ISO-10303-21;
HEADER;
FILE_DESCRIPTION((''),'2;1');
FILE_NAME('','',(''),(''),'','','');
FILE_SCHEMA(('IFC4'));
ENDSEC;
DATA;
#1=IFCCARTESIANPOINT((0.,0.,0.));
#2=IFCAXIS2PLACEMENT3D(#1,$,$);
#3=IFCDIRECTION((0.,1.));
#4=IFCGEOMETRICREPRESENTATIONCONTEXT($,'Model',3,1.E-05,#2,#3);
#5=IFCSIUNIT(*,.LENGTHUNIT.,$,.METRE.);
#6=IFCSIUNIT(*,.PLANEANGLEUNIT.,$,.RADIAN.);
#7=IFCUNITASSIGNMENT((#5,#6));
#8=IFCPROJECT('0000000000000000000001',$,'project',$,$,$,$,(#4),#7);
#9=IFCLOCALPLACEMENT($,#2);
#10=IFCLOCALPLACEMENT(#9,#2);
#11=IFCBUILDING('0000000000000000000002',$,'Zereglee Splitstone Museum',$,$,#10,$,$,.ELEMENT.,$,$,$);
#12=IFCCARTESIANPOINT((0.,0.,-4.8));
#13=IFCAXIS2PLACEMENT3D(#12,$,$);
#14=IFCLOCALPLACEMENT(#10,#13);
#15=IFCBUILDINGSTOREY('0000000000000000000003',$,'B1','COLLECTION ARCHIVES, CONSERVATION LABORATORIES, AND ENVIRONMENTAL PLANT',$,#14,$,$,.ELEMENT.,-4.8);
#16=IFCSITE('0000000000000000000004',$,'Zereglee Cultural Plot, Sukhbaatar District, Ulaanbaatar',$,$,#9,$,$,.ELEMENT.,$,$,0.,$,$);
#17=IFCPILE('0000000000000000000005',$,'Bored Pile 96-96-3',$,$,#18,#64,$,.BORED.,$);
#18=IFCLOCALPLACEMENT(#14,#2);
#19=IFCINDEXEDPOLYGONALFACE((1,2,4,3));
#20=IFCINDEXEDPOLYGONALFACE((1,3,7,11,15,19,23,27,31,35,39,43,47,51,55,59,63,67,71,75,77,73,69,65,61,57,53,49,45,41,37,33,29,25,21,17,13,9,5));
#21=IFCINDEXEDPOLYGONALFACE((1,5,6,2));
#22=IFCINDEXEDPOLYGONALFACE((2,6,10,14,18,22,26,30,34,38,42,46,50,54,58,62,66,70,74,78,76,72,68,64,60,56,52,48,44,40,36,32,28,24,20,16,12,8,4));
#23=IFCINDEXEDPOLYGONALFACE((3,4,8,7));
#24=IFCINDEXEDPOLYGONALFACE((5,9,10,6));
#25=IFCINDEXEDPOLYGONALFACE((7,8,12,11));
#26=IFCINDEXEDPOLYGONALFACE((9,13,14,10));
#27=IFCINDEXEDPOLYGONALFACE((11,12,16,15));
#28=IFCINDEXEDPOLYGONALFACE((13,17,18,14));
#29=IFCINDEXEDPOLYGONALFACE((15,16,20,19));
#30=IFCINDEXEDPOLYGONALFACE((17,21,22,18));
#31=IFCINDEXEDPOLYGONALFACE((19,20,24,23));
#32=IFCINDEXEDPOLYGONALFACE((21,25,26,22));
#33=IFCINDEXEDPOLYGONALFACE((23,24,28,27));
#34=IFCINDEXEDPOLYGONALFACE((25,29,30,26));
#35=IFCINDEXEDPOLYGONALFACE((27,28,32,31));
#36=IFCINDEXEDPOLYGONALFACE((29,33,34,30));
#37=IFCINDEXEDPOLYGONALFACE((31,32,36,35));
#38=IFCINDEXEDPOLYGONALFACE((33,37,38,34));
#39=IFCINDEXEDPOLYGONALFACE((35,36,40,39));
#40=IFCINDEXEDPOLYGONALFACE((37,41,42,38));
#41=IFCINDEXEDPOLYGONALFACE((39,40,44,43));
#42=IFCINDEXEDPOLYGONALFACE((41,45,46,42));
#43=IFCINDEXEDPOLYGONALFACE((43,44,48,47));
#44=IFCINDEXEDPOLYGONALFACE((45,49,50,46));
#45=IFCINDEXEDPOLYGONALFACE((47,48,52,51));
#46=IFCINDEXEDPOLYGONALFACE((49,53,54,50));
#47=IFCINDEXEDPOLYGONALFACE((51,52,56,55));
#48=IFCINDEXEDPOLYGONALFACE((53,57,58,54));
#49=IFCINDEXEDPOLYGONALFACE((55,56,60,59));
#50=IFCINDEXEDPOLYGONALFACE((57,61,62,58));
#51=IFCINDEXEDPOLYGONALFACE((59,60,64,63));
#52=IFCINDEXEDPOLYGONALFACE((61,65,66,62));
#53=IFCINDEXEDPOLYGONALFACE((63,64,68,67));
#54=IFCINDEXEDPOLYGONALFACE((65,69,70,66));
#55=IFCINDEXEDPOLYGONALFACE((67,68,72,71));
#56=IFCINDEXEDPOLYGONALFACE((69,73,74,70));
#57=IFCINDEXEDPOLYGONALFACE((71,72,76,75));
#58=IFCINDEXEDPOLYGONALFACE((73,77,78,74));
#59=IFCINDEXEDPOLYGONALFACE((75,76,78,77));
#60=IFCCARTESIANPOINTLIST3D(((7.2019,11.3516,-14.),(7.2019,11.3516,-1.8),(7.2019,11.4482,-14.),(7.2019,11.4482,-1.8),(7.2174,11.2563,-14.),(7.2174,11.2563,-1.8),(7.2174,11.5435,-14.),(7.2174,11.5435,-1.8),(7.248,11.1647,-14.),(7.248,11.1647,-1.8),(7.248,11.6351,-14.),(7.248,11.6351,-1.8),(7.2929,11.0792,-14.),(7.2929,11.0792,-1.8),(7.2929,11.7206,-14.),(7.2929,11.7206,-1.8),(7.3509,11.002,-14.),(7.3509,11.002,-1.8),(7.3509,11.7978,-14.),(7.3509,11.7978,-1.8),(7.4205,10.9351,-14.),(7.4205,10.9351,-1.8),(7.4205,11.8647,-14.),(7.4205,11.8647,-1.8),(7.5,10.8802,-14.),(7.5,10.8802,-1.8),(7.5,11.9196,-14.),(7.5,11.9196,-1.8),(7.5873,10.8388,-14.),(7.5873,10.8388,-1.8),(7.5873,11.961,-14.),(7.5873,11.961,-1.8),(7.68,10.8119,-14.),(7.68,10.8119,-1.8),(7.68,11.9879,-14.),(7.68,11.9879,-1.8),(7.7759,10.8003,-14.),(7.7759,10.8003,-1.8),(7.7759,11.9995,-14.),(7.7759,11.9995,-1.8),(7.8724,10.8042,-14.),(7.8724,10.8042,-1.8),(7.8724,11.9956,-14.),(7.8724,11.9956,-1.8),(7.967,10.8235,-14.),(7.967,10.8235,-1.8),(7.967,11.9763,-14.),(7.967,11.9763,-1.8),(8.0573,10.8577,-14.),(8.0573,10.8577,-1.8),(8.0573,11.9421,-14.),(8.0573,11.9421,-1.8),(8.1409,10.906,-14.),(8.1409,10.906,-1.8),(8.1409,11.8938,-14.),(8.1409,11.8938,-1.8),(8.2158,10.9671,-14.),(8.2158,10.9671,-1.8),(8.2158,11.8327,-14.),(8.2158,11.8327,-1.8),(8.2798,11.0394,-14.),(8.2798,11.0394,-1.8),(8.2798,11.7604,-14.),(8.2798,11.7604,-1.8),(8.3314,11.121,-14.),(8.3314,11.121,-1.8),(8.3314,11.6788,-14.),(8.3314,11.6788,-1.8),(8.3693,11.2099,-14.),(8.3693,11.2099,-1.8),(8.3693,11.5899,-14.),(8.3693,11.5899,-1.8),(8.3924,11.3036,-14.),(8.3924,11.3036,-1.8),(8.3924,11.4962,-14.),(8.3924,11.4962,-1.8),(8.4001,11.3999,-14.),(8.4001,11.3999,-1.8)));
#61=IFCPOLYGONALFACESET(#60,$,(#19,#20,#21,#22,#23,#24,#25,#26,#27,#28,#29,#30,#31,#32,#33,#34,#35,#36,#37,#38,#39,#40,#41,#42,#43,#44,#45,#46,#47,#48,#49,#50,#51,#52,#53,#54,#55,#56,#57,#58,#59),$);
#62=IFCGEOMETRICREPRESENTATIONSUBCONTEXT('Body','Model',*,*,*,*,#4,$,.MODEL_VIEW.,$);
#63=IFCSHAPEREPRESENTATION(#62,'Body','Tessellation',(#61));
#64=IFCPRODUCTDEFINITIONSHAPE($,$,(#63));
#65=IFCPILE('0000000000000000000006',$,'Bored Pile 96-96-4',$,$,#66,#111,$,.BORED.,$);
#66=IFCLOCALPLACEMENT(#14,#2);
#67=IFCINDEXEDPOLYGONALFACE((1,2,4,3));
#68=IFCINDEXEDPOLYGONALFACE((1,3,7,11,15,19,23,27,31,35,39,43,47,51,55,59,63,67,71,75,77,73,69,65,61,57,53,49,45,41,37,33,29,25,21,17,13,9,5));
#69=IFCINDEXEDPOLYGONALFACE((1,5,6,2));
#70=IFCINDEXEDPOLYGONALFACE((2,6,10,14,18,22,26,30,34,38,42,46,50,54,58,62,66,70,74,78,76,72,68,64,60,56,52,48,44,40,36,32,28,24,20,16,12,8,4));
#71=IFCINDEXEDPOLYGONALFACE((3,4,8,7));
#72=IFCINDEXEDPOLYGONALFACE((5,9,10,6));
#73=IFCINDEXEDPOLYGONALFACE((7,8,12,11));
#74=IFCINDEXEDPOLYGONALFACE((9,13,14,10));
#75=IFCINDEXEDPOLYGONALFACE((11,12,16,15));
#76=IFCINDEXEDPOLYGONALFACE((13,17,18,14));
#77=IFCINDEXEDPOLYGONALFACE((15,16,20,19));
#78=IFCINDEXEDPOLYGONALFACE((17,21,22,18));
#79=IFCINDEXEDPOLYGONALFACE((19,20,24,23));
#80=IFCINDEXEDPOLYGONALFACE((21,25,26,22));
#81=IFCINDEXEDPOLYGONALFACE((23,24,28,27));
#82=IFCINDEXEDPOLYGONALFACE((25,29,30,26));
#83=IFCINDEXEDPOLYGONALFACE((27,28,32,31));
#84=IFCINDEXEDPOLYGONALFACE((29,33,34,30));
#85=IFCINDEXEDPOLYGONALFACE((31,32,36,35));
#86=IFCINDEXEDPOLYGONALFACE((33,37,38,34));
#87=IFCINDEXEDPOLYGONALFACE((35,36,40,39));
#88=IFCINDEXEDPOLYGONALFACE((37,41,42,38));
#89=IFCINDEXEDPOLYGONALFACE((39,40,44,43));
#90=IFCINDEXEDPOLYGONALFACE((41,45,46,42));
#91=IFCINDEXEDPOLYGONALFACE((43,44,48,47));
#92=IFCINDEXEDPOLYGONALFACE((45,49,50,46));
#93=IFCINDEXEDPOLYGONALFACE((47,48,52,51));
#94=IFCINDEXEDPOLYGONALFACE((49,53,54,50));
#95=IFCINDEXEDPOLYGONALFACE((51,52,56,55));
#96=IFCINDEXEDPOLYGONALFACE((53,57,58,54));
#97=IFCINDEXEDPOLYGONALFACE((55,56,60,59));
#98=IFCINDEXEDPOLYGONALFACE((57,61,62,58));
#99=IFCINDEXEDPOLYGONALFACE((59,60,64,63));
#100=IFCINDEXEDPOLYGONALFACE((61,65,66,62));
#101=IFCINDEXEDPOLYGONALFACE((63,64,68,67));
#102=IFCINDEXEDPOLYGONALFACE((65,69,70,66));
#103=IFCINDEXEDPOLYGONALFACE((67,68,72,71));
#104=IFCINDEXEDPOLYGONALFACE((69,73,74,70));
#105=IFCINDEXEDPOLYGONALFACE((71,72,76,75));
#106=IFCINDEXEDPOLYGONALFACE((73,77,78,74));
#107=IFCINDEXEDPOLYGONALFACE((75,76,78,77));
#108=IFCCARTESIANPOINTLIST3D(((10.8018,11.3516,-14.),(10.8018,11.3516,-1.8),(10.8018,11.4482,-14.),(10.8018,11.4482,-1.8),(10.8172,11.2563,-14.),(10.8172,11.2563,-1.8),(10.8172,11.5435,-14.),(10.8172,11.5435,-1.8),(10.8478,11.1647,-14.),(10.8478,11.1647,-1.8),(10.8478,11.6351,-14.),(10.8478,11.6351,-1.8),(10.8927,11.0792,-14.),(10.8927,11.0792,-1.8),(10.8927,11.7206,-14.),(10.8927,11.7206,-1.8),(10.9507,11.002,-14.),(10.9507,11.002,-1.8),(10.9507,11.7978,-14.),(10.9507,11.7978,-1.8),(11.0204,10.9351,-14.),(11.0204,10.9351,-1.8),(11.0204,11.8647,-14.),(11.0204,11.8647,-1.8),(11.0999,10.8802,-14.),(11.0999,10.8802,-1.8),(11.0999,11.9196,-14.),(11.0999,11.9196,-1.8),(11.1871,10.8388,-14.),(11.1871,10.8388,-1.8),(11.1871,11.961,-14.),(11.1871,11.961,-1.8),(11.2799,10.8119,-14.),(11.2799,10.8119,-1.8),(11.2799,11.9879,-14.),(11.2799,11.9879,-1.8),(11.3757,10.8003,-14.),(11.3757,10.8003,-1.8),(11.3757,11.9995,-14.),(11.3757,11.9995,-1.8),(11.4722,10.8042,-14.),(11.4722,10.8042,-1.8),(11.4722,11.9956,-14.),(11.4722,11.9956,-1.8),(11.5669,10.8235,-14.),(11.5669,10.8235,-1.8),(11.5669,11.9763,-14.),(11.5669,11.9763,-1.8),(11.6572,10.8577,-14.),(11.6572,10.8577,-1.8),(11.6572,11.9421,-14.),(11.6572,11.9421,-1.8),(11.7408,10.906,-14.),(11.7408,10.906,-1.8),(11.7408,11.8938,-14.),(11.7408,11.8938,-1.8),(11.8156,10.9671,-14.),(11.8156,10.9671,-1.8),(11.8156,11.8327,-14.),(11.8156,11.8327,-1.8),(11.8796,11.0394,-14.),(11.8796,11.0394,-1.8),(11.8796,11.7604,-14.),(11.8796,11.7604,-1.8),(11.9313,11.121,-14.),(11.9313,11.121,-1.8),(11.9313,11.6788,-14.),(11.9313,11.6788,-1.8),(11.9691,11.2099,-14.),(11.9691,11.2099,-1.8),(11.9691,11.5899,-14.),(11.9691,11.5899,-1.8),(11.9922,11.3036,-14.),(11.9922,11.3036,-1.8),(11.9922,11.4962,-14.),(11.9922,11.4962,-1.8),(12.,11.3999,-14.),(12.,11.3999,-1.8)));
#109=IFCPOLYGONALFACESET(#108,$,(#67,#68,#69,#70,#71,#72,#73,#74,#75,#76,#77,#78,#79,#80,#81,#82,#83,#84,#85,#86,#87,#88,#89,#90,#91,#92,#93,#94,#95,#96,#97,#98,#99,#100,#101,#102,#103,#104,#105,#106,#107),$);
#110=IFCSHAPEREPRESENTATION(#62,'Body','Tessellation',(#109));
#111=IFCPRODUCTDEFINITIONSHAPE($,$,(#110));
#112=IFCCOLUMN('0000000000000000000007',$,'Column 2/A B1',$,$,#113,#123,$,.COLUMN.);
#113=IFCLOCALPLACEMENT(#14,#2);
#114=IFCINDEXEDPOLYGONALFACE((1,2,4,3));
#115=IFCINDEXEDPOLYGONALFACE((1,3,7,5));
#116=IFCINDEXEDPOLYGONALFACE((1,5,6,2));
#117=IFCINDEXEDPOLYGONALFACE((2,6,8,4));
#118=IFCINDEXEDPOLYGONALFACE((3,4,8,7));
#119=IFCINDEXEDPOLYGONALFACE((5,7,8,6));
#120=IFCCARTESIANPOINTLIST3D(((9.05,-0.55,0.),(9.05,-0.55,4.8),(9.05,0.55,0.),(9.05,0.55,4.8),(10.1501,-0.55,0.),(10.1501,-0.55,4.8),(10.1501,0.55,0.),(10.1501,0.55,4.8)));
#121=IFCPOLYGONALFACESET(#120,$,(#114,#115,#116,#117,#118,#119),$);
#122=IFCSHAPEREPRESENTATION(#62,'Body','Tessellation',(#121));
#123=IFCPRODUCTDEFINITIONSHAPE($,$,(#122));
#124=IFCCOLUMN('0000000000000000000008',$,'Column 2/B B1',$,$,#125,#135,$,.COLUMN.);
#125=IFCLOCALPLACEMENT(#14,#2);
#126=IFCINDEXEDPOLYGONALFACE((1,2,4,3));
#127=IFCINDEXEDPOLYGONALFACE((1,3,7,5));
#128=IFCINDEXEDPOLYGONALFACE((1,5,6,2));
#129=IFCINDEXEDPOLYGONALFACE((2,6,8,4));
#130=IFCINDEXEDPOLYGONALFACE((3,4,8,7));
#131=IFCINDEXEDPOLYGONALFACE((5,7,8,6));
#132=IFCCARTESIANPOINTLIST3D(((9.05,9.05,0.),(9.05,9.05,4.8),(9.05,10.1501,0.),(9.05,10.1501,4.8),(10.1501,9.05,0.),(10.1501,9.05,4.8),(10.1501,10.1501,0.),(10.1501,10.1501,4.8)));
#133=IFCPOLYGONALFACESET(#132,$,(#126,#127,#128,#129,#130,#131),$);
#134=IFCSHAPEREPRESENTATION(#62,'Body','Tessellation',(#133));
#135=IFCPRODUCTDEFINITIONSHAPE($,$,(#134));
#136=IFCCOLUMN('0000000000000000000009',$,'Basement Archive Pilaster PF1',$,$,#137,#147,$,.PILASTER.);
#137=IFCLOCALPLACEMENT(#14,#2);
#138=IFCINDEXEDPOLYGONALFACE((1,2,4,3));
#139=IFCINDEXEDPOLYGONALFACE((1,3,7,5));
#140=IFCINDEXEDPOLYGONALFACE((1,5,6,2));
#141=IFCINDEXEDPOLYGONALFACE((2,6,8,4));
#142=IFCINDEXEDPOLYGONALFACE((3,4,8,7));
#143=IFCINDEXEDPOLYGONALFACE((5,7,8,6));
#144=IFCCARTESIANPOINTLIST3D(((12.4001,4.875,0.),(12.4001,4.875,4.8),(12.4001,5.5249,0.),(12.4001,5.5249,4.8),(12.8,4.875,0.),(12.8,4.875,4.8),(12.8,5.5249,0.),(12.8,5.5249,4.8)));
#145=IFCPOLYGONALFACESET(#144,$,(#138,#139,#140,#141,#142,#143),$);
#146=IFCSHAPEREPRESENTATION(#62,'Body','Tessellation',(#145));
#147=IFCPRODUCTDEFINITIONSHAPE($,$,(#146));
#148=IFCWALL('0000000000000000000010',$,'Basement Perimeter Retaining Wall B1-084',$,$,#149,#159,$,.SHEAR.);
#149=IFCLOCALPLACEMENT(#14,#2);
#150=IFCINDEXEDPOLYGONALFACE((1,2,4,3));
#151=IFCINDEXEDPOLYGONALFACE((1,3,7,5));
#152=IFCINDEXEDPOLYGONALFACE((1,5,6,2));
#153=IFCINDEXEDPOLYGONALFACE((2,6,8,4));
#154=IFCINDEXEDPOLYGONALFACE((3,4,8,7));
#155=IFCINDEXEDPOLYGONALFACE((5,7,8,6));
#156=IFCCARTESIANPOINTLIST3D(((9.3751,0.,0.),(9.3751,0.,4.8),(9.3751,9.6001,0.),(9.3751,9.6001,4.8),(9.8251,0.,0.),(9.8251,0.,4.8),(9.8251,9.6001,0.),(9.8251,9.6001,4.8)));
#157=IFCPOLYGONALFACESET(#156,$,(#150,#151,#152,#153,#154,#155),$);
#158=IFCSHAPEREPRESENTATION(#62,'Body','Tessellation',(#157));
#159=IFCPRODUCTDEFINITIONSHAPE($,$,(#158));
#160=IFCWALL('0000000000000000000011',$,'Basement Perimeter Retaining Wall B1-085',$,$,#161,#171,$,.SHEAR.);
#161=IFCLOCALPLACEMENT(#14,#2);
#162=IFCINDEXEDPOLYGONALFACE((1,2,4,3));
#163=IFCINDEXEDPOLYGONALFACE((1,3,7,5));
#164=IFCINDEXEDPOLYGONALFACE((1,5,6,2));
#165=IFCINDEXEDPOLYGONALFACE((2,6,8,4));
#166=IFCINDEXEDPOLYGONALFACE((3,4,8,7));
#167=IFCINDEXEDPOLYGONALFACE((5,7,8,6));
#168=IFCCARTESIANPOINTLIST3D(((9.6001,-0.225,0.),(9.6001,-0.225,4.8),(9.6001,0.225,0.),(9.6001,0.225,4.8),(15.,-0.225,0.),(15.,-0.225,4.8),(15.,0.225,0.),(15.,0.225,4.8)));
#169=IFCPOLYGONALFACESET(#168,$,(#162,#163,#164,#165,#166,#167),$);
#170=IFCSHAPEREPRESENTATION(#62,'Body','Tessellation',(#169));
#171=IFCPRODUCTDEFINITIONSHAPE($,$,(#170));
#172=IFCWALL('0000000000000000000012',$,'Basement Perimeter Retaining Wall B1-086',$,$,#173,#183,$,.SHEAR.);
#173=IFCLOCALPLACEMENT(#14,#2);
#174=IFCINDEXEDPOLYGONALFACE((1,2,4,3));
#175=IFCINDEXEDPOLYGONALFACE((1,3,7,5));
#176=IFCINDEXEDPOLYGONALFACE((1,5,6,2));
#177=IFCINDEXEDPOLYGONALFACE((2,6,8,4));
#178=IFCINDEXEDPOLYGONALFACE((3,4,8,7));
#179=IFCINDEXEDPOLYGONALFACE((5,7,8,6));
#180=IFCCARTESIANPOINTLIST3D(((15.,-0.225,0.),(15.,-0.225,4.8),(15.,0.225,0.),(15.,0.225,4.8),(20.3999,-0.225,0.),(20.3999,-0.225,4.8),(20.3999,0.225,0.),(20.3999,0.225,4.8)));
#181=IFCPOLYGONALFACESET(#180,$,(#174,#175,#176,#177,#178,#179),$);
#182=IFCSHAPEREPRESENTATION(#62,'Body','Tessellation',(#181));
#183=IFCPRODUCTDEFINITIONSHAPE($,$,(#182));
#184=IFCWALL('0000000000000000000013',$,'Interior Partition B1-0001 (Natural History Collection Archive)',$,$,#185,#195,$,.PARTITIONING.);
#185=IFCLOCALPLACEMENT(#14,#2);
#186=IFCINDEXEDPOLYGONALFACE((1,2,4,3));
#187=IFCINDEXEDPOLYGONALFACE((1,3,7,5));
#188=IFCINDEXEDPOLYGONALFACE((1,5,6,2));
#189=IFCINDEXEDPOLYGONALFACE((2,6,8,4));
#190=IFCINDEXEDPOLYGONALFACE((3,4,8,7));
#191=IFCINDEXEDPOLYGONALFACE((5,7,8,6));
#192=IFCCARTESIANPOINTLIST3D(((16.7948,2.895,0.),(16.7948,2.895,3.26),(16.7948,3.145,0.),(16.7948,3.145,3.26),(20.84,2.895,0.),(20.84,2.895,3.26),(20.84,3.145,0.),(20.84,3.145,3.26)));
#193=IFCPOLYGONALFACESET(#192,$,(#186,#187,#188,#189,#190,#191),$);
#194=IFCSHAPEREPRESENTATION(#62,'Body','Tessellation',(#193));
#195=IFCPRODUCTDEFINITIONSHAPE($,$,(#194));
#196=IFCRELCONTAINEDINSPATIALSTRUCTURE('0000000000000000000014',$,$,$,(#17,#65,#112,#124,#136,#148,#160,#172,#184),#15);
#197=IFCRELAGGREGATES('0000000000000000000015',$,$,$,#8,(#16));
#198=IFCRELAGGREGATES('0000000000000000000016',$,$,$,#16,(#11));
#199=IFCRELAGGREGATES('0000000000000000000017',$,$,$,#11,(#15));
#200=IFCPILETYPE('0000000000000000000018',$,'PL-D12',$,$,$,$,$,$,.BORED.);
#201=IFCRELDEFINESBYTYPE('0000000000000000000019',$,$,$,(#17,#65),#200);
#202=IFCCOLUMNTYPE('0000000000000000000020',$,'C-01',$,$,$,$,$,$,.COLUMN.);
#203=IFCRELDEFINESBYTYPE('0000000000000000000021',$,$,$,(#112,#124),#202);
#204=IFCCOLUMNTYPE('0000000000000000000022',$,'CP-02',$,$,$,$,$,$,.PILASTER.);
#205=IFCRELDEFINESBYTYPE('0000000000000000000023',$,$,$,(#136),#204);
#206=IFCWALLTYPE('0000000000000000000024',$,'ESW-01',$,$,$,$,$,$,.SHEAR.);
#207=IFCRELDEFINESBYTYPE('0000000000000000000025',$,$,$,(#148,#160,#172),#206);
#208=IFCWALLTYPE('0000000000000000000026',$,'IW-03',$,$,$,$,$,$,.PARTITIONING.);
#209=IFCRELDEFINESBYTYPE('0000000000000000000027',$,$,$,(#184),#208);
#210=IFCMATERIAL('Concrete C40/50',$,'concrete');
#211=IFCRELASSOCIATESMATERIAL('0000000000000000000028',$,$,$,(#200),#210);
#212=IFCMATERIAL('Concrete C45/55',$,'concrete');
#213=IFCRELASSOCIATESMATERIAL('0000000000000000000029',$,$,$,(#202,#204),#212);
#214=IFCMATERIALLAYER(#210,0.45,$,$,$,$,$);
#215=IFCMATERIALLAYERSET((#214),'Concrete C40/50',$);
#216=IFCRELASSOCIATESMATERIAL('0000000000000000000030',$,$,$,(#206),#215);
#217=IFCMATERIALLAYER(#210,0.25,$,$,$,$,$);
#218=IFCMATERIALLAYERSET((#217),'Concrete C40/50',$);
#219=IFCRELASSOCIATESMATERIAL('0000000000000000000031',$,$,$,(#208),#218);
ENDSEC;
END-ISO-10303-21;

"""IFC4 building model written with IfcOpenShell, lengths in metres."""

from ifc_helpers import new_model, si_unit, direction, frame, frame_2d, origin, origin_2d, place, context, subcontext, project, spatial, rectangle, circle, extrude, material, layer, layer_set, material_profile, profile_set, type_object, element, save


model = new_model("IFC4")

# Units and contexts
model_context = context("Model", 3, precision=1e-05, world=origin(), true_north=direction((0.0, 1.0)))
body_context = subcontext(model_context, "Body", "Model", "MODEL_VIEW")
ifc_project = project(units=[si_unit("LENGTHUNIT", "METRE"), si_unit("PLANEANGLEUNIT", "RADIAN")], contexts=[model_context])

# Site, building, storey
site_placement = place(None, origin())
site = spatial("IfcSite", under=ifc_project, at=site_placement, Name="Zereglee Cultural Plot, Sukhbaatar District, Ulaanbaatar", CompositionType="ELEMENT", RefElevation=0.0)
building_placement = place(site_placement, origin())
building = spatial("IfcBuilding", under=site, at=building_placement, Name="Zereglee Splitstone Museum", CompositionType="ELEMENT")
storey_placement = place(building_placement, frame((0.0, 0.0, -4.8)))
storey = spatial("IfcBuildingStorey", under=building, at=storey_placement, Name="B1", Description="COLLECTION ARCHIVES, CONSERVATION LABORATORIES, AND ENVIRONMENTAL PLANT", CompositionType="ELEMENT", Elevation=-4.8)

# Shared definitions
ifc_material_1 = material(Name="Concrete C40/50", Category="concrete")

# Piles
ifc_material_profile_1 = material_profile(ifc_material_1, circle(Radius=0.6001, at=origin_2d()), Name="PILE D1200")
ifc_profile_set_1 = profile_set([ifc_material_profile_1], Name="Concrete C40/50")
pile_type_1 = type_object("IfcPileType", Name="PL-D12", PredefinedType="BORED", material=ifc_profile_set_1)
for number, where, z_axis, x_axis, name in (
    (1, (7.8, 11.3999, -1.8), (0.0, 0.0, -1.0), (1.0, 0.0, 0.0), "Bored Pile 96-96-3"),
    (2, (11.3999, 11.3999, -1.8), (0.0, 0.0, -1.0), (1.0, 0.0, 0.0), "Bored Pile 96-96-4"),
):
    element("IfcPile", number, at=place(storey_placement, frame(where, z_axis=z_axis, x_axis=x_axis)), inside=storey, type_object=pile_type_1, Name=name, PredefinedType="BORED", context=body_context, shape_type="SweptSolid", body=[
        extrude(circle(Radius=0.6001, at=origin_2d()), origin(), (0.0, 0.0, 1.0), 12.2),
    ])

# Columns
ifc_material_2 = material(Name="Concrete C45/55", Category="concrete")
ifc_material_profile_2 = material_profile(ifc_material_2, rectangle(XDim=1.1001, YDim=1.1001, at=origin_2d()), Name="RC 1100x1100")
ifc_profile_set_2 = profile_set([ifc_material_profile_2], Name="Concrete C45/55")
column_type_1 = type_object("IfcColumnType", Name="C-01", PredefinedType="COLUMN", material=ifc_profile_set_2)
for number, where, z_axis, x_axis, name in (
    (3, (9.6001, 0.0, 0.0), (0.0, 0.0, 1.0), (1.0, 0.0, 0.0), "Column 2/A B1"),
    (4, (9.6001, 9.6001, 0.0), (0.0, 0.0, 1.0), (1.0, 0.0, 0.0), "Column 2/B B1"),
):
    element("IfcColumn", number, at=place(storey_placement, frame(where, z_axis=z_axis, x_axis=x_axis)), inside=storey, type_object=column_type_1, Name=name, PredefinedType="COLUMN", context=body_context, shape_type="SweptSolid", body=[
        extrude(rectangle(XDim=1.1001, YDim=1.1001, at=origin_2d()), origin(), (0.0, 0.0, 1.0), 4.8),
    ])
ifc_material_profile_3 = material_profile(ifc_material_2, rectangle(XDim=0.3999, YDim=0.6499, at=origin_2d()), Name="RC 400x650")
ifc_profile_set_3 = profile_set([ifc_material_profile_3], Name="Concrete C45/55")
column_type_2 = type_object("IfcColumnType", Name="CP-02", PredefinedType="PILASTER", material=ifc_profile_set_3)
column_placement = place(storey_placement, frame((12.6001, 5.2, 0.0), z_axis=(0.0, 0.0, 1.0), x_axis=(1.0, 0.0, 0.0)))
element("IfcColumn", 5, at=column_placement, inside=storey, type_object=column_type_2, Name="Basement Archive Pilaster PF1", PredefinedType="PILASTER", context=body_context, shape_type="SweptSolid", body=[
    extrude(rectangle(XDim=0.3999, YDim=0.6499, at=origin_2d()), origin(), (0.0, 0.0, 1.0), 4.8),
])

# Walls
ifc_layer_1 = layer(ifc_material_1, 0.45)
ifc_layer_set_1 = layer_set([ifc_layer_1], Name="Concrete C40/50")
wall_type_1 = type_object("IfcWallType", Name="ESW-01", PredefinedType="SHEAR", material=ifc_layer_set_1)
wall_1_placement = place(storey_placement, frame((9.6001, 9.6001, 0.0), z_axis=(0.0, 0.0, 1.0), x_axis=(0.0, -1.0, 0.0)))
element("IfcWall", 6, at=wall_1_placement, inside=storey, type_object=wall_type_1, Name="Basement Perimeter Retaining Wall B1-084", PredefinedType="SHEAR", context=body_context, shape_type="SweptSolid", body=[
    extrude(rectangle(XDim=9.6001, YDim=0.45, at=frame_2d((4.8, 0.0))), origin(), (0.0, 0.0, 1.0), 4.8),
])
for number, where, z_axis, x_axis, name in (
    (7, (9.6001, 0.0, 0.0), (0.0, 0.0, 1.0), (1.0, 0.0, 0.0), "Basement Perimeter Retaining Wall B1-085"),
    (8, (15.0, 0.0, 0.0), (0.0, 0.0, 1.0), (1.0, 0.0, 0.0), "Basement Perimeter Retaining Wall B1-086"),
):
    element("IfcWall", number, at=place(storey_placement, frame(where, z_axis=z_axis, x_axis=x_axis)), inside=storey, type_object=wall_type_1, Name=name, PredefinedType="SHEAR", context=body_context, shape_type="SweptSolid", body=[
        extrude(rectangle(XDim=5.3999, YDim=0.45, at=frame_2d((2.7, 0.0))), origin(), (0.0, 0.0, 1.0), 4.8),
    ])
ifc_layer_2 = layer(ifc_material_1, 0.25)
ifc_layer_set_2 = layer_set([ifc_layer_2], Name="Concrete C40/50")
wall_type_2 = type_object("IfcWallType", Name="IW-03", PredefinedType="PARTITIONING", material=ifc_layer_set_2)
wall_2_placement = place(storey_placement, frame((16.7949, 3.02, 0.0), z_axis=(0.0, 0.0, 1.0), x_axis=(1.0, 0.0, 0.0)))
element("IfcWall", 9, at=wall_2_placement, inside=storey, type_object=wall_type_2, Name="Interior Partition B1-0001 (Natural History Collection Archive)", PredefinedType="PARTITIONING", context=body_context, shape_type="SweptSolid", body=[
    extrude(rectangle(XDim=4.0452, YDim=0.25, at=frame_2d((2.0225, 0.0))), origin(), (0.0, 0.0, 1.0), 3.26),
])

save(model, "model.ifc")
